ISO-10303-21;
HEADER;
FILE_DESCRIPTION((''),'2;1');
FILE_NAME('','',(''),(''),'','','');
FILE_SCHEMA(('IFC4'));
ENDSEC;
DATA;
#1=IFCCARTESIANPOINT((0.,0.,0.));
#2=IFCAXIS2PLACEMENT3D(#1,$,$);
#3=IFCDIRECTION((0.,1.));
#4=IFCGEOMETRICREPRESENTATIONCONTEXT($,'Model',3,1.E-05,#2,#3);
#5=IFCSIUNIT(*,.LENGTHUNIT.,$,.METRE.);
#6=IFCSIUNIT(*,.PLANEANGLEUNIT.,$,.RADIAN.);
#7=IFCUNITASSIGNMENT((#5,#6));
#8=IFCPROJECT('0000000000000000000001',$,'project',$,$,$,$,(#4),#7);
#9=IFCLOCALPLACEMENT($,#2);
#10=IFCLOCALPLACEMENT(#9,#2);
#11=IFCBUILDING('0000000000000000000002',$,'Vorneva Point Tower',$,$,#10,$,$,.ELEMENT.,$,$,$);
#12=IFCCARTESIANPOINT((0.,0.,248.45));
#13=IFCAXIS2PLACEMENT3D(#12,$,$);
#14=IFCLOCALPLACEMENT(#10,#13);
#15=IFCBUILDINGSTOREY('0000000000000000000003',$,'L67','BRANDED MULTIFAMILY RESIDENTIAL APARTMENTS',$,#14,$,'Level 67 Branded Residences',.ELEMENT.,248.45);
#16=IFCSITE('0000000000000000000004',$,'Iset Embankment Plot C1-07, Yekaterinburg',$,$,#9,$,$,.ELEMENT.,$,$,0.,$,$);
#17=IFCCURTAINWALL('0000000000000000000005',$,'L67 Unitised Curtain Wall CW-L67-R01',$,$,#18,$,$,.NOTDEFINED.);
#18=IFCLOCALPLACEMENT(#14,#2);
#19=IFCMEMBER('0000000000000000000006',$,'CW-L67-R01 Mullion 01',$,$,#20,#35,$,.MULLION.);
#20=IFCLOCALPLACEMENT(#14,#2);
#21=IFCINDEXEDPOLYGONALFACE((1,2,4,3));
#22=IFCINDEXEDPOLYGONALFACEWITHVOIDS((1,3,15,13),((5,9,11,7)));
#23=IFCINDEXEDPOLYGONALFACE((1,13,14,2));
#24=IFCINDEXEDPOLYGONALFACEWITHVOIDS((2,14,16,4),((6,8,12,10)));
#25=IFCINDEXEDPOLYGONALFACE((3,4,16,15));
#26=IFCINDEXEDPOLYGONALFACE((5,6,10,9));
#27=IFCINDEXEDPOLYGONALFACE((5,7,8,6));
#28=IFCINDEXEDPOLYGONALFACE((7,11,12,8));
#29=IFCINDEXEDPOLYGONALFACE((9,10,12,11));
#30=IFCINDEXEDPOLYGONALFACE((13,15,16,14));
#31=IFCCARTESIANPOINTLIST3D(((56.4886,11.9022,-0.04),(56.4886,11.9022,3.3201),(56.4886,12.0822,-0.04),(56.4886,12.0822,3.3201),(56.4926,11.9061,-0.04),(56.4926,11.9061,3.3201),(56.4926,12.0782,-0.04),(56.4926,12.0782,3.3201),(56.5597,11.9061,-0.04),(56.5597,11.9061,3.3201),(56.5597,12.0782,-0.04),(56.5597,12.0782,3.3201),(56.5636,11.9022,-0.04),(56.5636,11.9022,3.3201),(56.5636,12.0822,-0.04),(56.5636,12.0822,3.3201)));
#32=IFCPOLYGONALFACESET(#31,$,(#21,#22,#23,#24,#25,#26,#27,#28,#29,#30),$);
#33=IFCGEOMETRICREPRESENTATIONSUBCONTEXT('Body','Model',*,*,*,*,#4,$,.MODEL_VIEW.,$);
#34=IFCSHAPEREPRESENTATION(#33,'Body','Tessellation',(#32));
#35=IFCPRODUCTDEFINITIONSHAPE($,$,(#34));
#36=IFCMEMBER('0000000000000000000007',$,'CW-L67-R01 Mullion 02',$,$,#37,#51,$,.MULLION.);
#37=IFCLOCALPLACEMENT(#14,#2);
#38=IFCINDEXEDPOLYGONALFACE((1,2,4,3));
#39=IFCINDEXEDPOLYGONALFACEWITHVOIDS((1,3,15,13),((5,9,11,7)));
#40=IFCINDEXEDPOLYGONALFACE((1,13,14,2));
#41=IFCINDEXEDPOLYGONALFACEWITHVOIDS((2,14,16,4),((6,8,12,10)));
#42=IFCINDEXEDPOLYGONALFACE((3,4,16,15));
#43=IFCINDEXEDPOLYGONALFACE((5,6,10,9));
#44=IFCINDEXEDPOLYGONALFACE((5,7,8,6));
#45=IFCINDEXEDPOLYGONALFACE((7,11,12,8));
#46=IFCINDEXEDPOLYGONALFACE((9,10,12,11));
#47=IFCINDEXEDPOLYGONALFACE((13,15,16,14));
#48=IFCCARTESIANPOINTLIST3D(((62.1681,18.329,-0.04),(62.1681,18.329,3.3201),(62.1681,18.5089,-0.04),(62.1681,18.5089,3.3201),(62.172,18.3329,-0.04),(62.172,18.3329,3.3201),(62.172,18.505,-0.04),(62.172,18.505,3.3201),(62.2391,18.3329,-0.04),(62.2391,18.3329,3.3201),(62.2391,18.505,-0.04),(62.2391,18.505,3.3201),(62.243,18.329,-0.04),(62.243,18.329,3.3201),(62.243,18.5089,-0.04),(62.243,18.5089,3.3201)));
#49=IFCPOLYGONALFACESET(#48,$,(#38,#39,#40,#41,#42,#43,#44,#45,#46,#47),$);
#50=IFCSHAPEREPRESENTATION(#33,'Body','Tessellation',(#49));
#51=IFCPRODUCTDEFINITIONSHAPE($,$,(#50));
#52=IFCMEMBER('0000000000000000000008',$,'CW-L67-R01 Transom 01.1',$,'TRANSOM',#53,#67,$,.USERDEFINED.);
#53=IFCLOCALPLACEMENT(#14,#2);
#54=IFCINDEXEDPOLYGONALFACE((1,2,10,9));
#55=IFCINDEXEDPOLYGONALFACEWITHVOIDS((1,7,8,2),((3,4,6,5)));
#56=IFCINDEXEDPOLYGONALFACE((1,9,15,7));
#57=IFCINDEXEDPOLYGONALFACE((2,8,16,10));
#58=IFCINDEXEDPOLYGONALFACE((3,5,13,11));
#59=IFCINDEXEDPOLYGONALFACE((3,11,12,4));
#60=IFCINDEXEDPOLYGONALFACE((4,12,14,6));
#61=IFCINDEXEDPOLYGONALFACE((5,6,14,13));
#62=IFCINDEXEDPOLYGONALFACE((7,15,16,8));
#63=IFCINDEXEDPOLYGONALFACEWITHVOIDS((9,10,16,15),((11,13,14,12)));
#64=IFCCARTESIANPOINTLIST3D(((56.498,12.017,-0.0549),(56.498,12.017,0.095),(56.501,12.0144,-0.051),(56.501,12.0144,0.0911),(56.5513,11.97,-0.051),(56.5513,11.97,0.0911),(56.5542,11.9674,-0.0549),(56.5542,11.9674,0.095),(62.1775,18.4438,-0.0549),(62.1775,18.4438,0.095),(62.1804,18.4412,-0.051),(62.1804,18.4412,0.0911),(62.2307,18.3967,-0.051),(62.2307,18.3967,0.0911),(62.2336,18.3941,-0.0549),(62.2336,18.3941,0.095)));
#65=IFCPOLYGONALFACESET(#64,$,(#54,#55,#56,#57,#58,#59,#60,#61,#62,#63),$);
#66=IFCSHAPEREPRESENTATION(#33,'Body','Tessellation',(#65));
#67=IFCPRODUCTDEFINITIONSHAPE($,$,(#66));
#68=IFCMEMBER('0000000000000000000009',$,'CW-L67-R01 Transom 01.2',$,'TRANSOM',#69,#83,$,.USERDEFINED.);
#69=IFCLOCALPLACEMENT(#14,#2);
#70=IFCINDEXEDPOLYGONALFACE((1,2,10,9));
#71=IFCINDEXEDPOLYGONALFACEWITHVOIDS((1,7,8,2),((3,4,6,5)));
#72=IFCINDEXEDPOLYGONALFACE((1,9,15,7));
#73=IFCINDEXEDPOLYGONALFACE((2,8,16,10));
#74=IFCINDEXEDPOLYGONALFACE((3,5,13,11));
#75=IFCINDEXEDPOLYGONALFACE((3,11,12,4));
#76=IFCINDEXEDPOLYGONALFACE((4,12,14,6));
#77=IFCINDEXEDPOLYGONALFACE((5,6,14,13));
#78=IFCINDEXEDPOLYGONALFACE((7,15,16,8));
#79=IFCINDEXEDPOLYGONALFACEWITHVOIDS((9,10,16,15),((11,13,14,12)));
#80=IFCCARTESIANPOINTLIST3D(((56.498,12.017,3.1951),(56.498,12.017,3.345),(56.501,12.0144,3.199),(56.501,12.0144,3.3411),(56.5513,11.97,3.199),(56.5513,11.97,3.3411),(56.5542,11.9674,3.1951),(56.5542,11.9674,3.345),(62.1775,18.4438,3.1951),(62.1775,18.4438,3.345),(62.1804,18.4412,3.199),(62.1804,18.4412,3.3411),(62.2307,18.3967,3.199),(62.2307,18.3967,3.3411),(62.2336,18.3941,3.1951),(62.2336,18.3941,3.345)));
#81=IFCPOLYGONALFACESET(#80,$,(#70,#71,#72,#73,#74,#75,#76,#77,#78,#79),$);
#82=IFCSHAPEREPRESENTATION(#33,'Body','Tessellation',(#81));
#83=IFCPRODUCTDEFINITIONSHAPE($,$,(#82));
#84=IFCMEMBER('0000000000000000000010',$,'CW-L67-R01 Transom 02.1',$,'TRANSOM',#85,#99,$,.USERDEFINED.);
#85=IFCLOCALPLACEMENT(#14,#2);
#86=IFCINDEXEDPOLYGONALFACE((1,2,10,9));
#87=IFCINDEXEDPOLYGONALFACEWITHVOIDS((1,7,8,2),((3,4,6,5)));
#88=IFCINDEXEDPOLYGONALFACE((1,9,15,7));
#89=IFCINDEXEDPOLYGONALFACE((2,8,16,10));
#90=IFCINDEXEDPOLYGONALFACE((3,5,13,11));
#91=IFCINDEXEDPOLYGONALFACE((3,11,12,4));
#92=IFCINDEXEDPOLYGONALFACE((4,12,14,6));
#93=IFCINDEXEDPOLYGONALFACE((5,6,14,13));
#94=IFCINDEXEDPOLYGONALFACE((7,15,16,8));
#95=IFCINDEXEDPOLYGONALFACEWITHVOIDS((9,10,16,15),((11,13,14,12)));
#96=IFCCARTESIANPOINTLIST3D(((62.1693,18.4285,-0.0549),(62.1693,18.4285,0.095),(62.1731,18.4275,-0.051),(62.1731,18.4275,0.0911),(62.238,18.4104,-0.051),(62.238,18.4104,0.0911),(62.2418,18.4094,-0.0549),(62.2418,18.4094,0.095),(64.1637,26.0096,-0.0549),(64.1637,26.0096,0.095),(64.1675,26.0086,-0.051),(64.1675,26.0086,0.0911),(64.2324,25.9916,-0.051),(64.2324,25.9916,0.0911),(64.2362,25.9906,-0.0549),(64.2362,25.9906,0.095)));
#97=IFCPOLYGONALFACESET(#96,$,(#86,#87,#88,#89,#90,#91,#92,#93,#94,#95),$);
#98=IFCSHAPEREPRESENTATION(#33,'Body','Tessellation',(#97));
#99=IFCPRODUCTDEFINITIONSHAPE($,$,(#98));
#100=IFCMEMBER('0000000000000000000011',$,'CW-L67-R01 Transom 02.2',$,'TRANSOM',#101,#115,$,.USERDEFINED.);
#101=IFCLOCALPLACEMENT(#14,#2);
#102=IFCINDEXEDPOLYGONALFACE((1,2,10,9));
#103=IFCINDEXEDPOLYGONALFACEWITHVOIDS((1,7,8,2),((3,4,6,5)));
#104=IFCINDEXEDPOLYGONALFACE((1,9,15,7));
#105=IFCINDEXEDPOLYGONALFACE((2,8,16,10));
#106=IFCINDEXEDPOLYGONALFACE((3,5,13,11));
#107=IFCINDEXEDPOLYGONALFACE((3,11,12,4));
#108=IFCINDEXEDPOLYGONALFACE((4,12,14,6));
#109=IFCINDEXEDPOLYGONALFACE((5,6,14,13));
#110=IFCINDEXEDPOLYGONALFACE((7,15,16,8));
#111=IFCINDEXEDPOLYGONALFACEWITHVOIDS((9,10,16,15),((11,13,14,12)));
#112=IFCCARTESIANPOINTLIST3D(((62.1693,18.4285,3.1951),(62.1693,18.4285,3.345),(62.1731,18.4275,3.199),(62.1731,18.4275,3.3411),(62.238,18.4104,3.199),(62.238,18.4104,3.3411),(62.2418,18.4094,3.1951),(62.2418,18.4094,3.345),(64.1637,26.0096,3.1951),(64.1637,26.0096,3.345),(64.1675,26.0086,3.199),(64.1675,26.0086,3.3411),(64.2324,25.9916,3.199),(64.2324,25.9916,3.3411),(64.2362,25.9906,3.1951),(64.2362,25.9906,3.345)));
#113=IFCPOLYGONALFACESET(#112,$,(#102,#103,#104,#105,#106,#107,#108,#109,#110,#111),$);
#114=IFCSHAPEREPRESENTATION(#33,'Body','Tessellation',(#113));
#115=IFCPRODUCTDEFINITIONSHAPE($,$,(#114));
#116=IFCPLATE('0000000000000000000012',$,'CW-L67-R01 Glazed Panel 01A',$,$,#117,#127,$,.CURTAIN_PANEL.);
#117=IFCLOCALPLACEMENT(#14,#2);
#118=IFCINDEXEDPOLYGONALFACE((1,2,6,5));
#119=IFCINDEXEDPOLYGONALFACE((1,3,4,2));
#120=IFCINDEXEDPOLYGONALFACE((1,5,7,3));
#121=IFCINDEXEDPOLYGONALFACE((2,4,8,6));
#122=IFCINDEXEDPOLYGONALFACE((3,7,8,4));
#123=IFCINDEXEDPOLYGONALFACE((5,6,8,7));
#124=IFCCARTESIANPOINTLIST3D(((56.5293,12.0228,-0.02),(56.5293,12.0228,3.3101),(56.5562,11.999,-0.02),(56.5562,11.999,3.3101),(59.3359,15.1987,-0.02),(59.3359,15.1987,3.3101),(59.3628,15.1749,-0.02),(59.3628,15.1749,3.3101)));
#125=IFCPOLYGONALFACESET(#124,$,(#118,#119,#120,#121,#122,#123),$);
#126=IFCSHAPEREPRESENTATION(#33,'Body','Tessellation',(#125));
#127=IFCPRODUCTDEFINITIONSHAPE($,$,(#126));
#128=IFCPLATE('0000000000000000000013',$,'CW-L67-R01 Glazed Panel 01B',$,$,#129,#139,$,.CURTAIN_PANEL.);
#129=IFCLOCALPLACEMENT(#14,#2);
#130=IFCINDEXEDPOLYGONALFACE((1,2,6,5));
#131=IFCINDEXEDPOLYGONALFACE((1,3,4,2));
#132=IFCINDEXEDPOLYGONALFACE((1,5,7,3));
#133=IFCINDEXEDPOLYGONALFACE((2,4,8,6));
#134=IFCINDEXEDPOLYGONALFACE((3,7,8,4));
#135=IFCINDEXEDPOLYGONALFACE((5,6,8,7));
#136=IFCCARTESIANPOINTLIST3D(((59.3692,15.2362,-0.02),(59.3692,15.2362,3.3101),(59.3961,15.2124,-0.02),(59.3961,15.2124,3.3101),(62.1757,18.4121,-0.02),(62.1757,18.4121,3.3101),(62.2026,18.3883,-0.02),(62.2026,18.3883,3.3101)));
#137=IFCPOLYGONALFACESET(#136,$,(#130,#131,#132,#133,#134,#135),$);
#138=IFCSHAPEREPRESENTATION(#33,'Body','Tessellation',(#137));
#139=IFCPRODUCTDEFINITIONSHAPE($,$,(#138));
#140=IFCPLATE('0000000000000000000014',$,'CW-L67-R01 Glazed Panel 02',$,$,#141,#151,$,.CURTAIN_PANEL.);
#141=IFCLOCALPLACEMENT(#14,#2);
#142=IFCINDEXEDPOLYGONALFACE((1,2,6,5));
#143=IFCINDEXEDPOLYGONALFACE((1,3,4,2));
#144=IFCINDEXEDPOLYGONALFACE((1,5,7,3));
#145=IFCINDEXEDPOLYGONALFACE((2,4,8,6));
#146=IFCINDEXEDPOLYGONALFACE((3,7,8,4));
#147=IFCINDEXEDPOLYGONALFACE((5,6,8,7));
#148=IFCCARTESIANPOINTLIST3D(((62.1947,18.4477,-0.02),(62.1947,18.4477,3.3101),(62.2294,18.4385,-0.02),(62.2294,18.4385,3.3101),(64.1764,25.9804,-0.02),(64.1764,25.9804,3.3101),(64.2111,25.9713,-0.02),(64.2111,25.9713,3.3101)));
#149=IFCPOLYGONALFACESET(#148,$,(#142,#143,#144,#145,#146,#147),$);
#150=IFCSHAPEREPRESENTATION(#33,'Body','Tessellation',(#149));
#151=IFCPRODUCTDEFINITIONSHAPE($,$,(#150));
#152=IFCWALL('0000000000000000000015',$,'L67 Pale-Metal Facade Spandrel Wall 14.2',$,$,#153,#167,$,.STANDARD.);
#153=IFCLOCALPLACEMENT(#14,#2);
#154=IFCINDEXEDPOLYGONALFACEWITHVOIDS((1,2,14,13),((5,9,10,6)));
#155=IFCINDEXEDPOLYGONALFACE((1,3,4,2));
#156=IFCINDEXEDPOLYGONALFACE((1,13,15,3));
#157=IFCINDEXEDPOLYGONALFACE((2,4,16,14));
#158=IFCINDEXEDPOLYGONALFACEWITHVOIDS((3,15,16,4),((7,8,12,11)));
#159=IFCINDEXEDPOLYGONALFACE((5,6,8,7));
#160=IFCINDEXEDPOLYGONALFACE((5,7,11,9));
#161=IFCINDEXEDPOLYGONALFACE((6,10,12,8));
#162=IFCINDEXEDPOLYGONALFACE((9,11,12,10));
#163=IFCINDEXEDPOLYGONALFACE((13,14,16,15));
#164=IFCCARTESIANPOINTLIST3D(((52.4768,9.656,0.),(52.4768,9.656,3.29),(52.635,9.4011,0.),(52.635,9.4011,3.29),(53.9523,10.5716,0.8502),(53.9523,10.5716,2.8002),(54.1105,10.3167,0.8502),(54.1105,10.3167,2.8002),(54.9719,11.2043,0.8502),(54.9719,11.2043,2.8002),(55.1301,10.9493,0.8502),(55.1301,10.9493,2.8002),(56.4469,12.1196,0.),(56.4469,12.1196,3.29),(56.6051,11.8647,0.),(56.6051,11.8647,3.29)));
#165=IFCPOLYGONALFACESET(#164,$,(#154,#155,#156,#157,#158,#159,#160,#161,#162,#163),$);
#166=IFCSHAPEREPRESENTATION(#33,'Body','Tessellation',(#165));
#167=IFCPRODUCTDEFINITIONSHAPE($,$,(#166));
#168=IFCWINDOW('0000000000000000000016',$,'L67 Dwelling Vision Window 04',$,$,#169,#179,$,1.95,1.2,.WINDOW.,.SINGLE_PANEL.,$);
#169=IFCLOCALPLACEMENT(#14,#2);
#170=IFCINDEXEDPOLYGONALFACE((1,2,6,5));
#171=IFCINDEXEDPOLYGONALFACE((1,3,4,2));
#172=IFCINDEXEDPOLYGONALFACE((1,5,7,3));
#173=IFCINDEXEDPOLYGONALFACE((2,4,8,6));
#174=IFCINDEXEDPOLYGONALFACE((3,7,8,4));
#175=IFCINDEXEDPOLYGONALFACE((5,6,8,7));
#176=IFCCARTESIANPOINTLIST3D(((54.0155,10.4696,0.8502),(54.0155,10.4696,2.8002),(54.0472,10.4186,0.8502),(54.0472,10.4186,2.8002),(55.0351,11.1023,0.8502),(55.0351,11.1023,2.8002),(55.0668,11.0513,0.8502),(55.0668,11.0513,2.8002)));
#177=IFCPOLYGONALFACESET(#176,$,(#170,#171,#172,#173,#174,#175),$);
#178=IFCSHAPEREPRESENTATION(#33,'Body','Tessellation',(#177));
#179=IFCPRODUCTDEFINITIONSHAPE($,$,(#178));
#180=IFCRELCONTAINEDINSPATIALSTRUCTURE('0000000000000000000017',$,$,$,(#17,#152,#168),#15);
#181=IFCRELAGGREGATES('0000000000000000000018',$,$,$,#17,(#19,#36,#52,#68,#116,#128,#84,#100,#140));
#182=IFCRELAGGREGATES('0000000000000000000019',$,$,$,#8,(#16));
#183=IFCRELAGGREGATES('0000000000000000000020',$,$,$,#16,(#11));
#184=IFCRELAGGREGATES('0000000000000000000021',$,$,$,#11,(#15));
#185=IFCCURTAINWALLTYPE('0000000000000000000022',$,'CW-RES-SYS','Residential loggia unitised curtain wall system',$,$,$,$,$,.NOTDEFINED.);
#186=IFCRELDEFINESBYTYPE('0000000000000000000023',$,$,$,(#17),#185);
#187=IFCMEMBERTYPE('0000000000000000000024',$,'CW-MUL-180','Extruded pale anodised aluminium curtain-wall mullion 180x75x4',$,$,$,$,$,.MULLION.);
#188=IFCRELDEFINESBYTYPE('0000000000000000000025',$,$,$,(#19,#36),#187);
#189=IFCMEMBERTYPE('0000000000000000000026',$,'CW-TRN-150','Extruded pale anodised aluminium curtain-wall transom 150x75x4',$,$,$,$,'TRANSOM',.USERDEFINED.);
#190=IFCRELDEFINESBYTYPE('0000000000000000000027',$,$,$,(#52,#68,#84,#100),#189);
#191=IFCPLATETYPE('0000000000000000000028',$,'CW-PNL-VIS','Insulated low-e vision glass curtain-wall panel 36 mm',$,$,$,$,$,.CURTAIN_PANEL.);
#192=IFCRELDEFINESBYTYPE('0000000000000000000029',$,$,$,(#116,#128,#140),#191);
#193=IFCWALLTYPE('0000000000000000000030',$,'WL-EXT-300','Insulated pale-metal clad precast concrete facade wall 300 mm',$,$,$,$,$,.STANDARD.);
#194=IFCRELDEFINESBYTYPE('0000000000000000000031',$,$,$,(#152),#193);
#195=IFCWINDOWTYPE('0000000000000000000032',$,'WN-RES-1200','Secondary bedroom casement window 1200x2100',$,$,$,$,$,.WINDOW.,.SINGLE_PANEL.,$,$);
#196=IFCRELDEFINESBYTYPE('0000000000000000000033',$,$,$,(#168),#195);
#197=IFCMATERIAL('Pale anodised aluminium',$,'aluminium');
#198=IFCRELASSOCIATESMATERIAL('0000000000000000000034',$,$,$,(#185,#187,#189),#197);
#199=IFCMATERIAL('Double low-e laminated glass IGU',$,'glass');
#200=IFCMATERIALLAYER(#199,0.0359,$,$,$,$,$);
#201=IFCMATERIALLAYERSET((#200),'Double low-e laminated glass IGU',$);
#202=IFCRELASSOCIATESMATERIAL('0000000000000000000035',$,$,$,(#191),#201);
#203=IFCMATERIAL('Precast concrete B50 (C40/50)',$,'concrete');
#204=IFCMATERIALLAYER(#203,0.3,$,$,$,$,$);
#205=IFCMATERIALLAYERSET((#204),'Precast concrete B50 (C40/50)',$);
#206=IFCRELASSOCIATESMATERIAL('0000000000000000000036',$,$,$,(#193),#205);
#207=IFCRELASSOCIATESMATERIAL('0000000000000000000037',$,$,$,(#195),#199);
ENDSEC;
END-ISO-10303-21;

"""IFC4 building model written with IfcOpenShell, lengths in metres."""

from ifc_helpers import new_model, si_unit, direction, frame, frame_2d, origin, origin_2d, place, context, subcontext, project, spatial, rectangle, hollow_rectangle, extrude, material, layer, layer_set, material_profile, profile_set, type_object, element, fill, aggregate, save


model = new_model("IFC4")

# Units and contexts
model_context = context("Model", 3, precision=1e-05, world=origin(), true_north=direction((0.0, 1.0)))
body_context = subcontext(model_context, "Body", "Model", "MODEL_VIEW")
ifc_project = project(units=[si_unit("LENGTHUNIT", "METRE"), si_unit("PLANEANGLEUNIT", "RADIAN")], contexts=[model_context])

# Site, building, storey
site_placement = place(None, origin())
site = spatial("IfcSite", under=ifc_project, at=site_placement, Name="Iset Embankment Plot C1-07, Yekaterinburg", CompositionType="ELEMENT", RefElevation=0.0)
building_placement = place(site_placement, origin())
building = spatial("IfcBuilding", under=site, at=building_placement, Name="Vorneva Point Tower", CompositionType="ELEMENT")
storey_placement = place(building_placement, frame((0.0, 0.0, 248.45)))
storey = spatial("IfcBuildingStorey", under=building, at=storey_placement, Name="L67", Description="BRANDED MULTIFAMILY RESIDENTIAL APARTMENTS", LongName="Level 67 Branded Residences", CompositionType="ELEMENT", Elevation=248.45)

# Curtain wall, members, plates
ifc_material_1 = material(Name="Pale anodised aluminium", Category="aluminium")
curtain_wall_type = type_object("IfcCurtainWallType", Name="CW-RES-SYS", Description="Residential loggia unitised curtain wall system", PredefinedType="NOTDEFINED", material=ifc_material_1)
curtain_wall_placement = place(storey_placement, origin())
curtain_wall = element("IfcCurtainWall", 1, at=curtain_wall_placement, inside=storey, type_object=curtain_wall_type, Name="L67 Unitised Curtain Wall CW-L67-R01", PredefinedType="NOTDEFINED")
ifc_material_profile_1 = material_profile(ifc_material_1, hollow_rectangle(XDim=0.075, YDim=0.1799, WallThickness=0.0039, at=origin_2d()), Name="AL-MUL 180x75x4")
ifc_profile_set_1 = profile_set([ifc_material_profile_1], Name="Pale anodised aluminium")
member_type_1 = type_object("IfcMemberType", Name="CW-MUL-180", Description="Extruded pale anodised aluminium curtain-wall mullion 180x75x4", PredefinedType="MULLION", material=ifc_profile_set_1)
member_1_placement = place(storey_placement, frame((56.5261, 11.9922, -0.04), z_axis=(0.0, 0.0, 1.0), x_axis=(1.0, 0.0, 0.0)))
member_1 = element("IfcMember", 2, at=member_1_placement, type_object=member_type_1, Name="CW-L67-R01 Mullion 01", PredefinedType="MULLION", context=body_context, shape_type="SweptSolid", body=[
    extrude(hollow_rectangle(XDim=0.075, YDim=0.1799, WallThickness=0.0039, at=origin_2d()), origin(), (0.0, 0.0, 1.0), 3.3601),
])
member_2_placement = place(storey_placement, frame((62.2056, 18.4189, -0.04), z_axis=(0.0, 0.0, 1.0), x_axis=(1.0, 0.0, 0.0)))
member_2 = element("IfcMember", 3, at=member_2_placement, type_object=member_type_1, Name="CW-L67-R01 Mullion 02", PredefinedType="MULLION", context=body_context, shape_type="SweptSolid", body=[
    extrude(hollow_rectangle(XDim=0.075, YDim=0.1799, WallThickness=0.0039, at=origin_2d()), origin(), (0.0, 0.0, 1.0), 3.3601),
])
ifc_material_profile_2 = material_profile(ifc_material_1, hollow_rectangle(XDim=0.075, YDim=0.1499, WallThickness=0.0039, at=origin_2d()), Name="AL-TRN 150x75x4")
ifc_profile_set_2 = profile_set([ifc_material_profile_2], Name="Pale anodised aluminium")
member_type_2 = type_object("IfcMemberType", Name="CW-TRN-150", Description="Extruded pale anodised aluminium curtain-wall transom 150x75x4", ElementType="TRANSOM", PredefinedType="USERDEFINED", material=ifc_profile_set_2)
member_3_placement = place(storey_placement, frame((56.5261, 11.9922, 0.02), z_axis=(0.662197, 0.74933, 0.0), x_axis=(-0.74933, 0.662197, 0.0)))
member_3 = element("IfcMember", 4, at=member_3_placement, type_object=member_type_2, Name="CW-L67-R01 Transom 01.1", ObjectType="TRANSOM", PredefinedType="USERDEFINED", context=body_context, shape_type="SweptSolid", body=[
    extrude(hollow_rectangle(XDim=0.075, YDim=0.1499, WallThickness=0.0039, at=origin_2d()), origin(), (0.0, 0.0, 1.0), 8.5767),
])
member_4_placement = place(storey_placement, frame((56.5261, 11.9922, 3.27), z_axis=(0.662197, 0.74933, 0.0), x_axis=(-0.74933, 0.662197, 0.0)))
member_4 = element("IfcMember", 5, at=member_4_placement, type_object=member_type_2, Name="CW-L67-R01 Transom 01.2", ObjectType="TRANSOM", PredefinedType="USERDEFINED", context=body_context, shape_type="SweptSolid", body=[
    extrude(hollow_rectangle(XDim=0.075, YDim=0.1499, WallThickness=0.0039, at=origin_2d()), origin(), (0.0, 0.0, 1.0), 8.5767),
])
member_5_placement = place(storey_placement, frame((62.2056, 18.4189, 0.02), z_axis=(0.254418, 0.967094, 0.0), x_axis=(-0.967094, 0.254418, 0.0)))
member_5 = element("IfcMember", 6, at=member_5_placement, type_object=member_type_2, Name="CW-L67-R01 Transom 02.1", ObjectType="TRANSOM", PredefinedType="USERDEFINED", context=body_context, shape_type="SweptSolid", body=[
    extrude(hollow_rectangle(XDim=0.075, YDim=0.1499, WallThickness=0.0039, at=origin_2d()), origin(), (0.0, 0.0, 1.0), 7.8391),
])
member_6_placement = place(storey_placement, frame((62.2056, 18.4189, 3.27), z_axis=(0.254418, 0.967094, 0.0), x_axis=(-0.967094, 0.254418, 0.0)))
member_6 = element("IfcMember", 7, at=member_6_placement, type_object=member_type_2, Name="CW-L67-R01 Transom 02.2", ObjectType="TRANSOM", PredefinedType="USERDEFINED", context=body_context, shape_type="SweptSolid", body=[
    extrude(hollow_rectangle(XDim=0.075, YDim=0.1499, WallThickness=0.0039, at=origin_2d()), origin(), (0.0, 0.0, 1.0), 7.8391),
])
ifc_material_2 = material(Name="Double low-e laminated glass IGU", Category="glass")
ifc_layer_1 = layer(ifc_material_2, 0.0359)
ifc_layer_set_1 = layer_set([ifc_layer_1], Name="Double low-e laminated glass IGU")
plate_type = type_object("IfcPlateType", Name="CW-PNL-VIS", Description="Insulated low-e vision glass curtain-wall panel 36 mm", PredefinedType="CURTAIN_PANEL", material=ifc_layer_set_1)
plate_1_placement = place(storey_placement, frame((57.946, 13.5989, -0.02), z_axis=(0.0, 0.0, 1.0), x_axis=(0.662189, 0.749337, 0.0)))
plate_1 = element("IfcPlate", 8, at=plate_1_placement, type_object=plate_type, Name="CW-L67-R01 Glazed Panel 01A", PredefinedType="CURTAIN_PANEL", context=body_context, shape_type="SweptSolid", body=[
    extrude(rectangle(XDim=4.2383, YDim=0.0359, at=origin_2d()), origin(), (0.0, 0.0, 1.0), 3.3301),
])
plate_2_placement = place(storey_placement, frame((60.7859, 16.8123, -0.02), z_axis=(0.0, 0.0, 1.0), x_axis=(0.662189, 0.749337, 0.0)))
plate_2 = element("IfcPlate", 9, at=plate_2_placement, type_object=plate_type, Name="CW-L67-R01 Glazed Panel 01B", PredefinedType="CURTAIN_PANEL", context=body_context, shape_type="SweptSolid", body=[
    extrude(rectangle(XDim=4.2383, YDim=0.0359, at=origin_2d()), origin(), (0.0, 0.0, 1.0), 3.3301),
])
plate_3_placement = place(storey_placement, frame((63.2029, 22.2095, -0.02), z_axis=(0.0, 0.0, 1.0), x_axis=(0.254416, 0.967095, 0.0)))
plate_3 = element("IfcPlate", 10, at=plate_3_placement, type_object=plate_type, Name="CW-L67-R01 Glazed Panel 02", PredefinedType="CURTAIN_PANEL", context=body_context, shape_type="SweptSolid", body=[
    extrude(rectangle(XDim=7.7891, YDim=0.0359, at=origin_2d()), origin(), (0.0, 0.0, 1.0), 3.3301),
])
aggregate(curtain_wall, [member_1, member_2, member_3, member_4, plate_1, plate_2, member_5, member_6, plate_3])

# Wall, opening, window
ifc_material_3 = material(Name="Precast concrete B50 (C40/50)", Category="concrete")
ifc_layer_2 = layer(ifc_material_3, 0.3)
ifc_layer_set_2 = layer_set([ifc_layer_2], Name="Precast concrete B50 (C40/50)")
wall_type_1 = type_object("IfcWallType", Name="WL-EXT-300", Description="Insulated pale-metal clad precast concrete facade wall 300 mm", PredefinedType="STANDARD", material=ifc_layer_set_2)
wall_1_placement = place(storey_placement, frame((52.5559, 9.5286, 0.0), z_axis=(0.0, 0.0, 1.0), x_axis=(0.849702, 0.527263, 0.0)))
wall_1 = element("IfcWall", 11, at=wall_1_placement, inside=storey, type_object=wall_type_1, Name="L67 Pale-Metal Facade Spandrel Wall 14.2", PredefinedType="STANDARD", context=body_context, shape_type="SweptSolid", body=[
    extrude(rectangle(XDim=4.6724, YDim=0.3, at=frame_2d((2.3362, 0.0))), origin(), (0.0, 0.0, 1.0), 3.29),
])
opening_placement = place(wall_1_placement, frame((1.7363, 0.0, 0.8501)))
opening = element("IfcOpeningElement", 12, at=opening_placement, cuts=wall_1, PredefinedType="OPENING", context=body_context, shape_type="SweptSolid", body=[
    extrude(rectangle(XDim=1.2, YDim=1.95, at=frame_2d((0.6001, 0.9751))), frame((0.0, 0.165, 0.0), z_axis=(0.0, -1.0, 0.0), x_axis=(1.0, 0.0, 0.0)), (0.0, 0.0, 1.0), 0.3298),
])
window_type = type_object("IfcWindowType", Name="WN-RES-1200", Description="Secondary bedroom casement window 1200x2100", PartitioningType="SINGLE_PANEL", PredefinedType="WINDOW", material=ifc_material_2)
window_placement = place(opening_placement, origin())
window = element("IfcWindow", 13, at=window_placement, inside=storey, type_object=window_type, Name="L67 Dwelling Vision Window 04", OverallHeight=1.95, OverallWidth=1.2, PartitioningType="SINGLE_PANEL", PredefinedType="WINDOW", context=body_context, shape_type="SweptSolid", body=[
    extrude(rectangle(XDim=1.2, YDim=1.95, at=frame_2d((0.6001, 0.9751))), frame((0.0, 0.03, 0.0), z_axis=(0.0, -1.0, 0.0), x_axis=(1.0, 0.0, 0.0)), (0.0, 0.0, 1.0), 0.0601),
])
fill(opening, window)

save(model, "model.ifc")
